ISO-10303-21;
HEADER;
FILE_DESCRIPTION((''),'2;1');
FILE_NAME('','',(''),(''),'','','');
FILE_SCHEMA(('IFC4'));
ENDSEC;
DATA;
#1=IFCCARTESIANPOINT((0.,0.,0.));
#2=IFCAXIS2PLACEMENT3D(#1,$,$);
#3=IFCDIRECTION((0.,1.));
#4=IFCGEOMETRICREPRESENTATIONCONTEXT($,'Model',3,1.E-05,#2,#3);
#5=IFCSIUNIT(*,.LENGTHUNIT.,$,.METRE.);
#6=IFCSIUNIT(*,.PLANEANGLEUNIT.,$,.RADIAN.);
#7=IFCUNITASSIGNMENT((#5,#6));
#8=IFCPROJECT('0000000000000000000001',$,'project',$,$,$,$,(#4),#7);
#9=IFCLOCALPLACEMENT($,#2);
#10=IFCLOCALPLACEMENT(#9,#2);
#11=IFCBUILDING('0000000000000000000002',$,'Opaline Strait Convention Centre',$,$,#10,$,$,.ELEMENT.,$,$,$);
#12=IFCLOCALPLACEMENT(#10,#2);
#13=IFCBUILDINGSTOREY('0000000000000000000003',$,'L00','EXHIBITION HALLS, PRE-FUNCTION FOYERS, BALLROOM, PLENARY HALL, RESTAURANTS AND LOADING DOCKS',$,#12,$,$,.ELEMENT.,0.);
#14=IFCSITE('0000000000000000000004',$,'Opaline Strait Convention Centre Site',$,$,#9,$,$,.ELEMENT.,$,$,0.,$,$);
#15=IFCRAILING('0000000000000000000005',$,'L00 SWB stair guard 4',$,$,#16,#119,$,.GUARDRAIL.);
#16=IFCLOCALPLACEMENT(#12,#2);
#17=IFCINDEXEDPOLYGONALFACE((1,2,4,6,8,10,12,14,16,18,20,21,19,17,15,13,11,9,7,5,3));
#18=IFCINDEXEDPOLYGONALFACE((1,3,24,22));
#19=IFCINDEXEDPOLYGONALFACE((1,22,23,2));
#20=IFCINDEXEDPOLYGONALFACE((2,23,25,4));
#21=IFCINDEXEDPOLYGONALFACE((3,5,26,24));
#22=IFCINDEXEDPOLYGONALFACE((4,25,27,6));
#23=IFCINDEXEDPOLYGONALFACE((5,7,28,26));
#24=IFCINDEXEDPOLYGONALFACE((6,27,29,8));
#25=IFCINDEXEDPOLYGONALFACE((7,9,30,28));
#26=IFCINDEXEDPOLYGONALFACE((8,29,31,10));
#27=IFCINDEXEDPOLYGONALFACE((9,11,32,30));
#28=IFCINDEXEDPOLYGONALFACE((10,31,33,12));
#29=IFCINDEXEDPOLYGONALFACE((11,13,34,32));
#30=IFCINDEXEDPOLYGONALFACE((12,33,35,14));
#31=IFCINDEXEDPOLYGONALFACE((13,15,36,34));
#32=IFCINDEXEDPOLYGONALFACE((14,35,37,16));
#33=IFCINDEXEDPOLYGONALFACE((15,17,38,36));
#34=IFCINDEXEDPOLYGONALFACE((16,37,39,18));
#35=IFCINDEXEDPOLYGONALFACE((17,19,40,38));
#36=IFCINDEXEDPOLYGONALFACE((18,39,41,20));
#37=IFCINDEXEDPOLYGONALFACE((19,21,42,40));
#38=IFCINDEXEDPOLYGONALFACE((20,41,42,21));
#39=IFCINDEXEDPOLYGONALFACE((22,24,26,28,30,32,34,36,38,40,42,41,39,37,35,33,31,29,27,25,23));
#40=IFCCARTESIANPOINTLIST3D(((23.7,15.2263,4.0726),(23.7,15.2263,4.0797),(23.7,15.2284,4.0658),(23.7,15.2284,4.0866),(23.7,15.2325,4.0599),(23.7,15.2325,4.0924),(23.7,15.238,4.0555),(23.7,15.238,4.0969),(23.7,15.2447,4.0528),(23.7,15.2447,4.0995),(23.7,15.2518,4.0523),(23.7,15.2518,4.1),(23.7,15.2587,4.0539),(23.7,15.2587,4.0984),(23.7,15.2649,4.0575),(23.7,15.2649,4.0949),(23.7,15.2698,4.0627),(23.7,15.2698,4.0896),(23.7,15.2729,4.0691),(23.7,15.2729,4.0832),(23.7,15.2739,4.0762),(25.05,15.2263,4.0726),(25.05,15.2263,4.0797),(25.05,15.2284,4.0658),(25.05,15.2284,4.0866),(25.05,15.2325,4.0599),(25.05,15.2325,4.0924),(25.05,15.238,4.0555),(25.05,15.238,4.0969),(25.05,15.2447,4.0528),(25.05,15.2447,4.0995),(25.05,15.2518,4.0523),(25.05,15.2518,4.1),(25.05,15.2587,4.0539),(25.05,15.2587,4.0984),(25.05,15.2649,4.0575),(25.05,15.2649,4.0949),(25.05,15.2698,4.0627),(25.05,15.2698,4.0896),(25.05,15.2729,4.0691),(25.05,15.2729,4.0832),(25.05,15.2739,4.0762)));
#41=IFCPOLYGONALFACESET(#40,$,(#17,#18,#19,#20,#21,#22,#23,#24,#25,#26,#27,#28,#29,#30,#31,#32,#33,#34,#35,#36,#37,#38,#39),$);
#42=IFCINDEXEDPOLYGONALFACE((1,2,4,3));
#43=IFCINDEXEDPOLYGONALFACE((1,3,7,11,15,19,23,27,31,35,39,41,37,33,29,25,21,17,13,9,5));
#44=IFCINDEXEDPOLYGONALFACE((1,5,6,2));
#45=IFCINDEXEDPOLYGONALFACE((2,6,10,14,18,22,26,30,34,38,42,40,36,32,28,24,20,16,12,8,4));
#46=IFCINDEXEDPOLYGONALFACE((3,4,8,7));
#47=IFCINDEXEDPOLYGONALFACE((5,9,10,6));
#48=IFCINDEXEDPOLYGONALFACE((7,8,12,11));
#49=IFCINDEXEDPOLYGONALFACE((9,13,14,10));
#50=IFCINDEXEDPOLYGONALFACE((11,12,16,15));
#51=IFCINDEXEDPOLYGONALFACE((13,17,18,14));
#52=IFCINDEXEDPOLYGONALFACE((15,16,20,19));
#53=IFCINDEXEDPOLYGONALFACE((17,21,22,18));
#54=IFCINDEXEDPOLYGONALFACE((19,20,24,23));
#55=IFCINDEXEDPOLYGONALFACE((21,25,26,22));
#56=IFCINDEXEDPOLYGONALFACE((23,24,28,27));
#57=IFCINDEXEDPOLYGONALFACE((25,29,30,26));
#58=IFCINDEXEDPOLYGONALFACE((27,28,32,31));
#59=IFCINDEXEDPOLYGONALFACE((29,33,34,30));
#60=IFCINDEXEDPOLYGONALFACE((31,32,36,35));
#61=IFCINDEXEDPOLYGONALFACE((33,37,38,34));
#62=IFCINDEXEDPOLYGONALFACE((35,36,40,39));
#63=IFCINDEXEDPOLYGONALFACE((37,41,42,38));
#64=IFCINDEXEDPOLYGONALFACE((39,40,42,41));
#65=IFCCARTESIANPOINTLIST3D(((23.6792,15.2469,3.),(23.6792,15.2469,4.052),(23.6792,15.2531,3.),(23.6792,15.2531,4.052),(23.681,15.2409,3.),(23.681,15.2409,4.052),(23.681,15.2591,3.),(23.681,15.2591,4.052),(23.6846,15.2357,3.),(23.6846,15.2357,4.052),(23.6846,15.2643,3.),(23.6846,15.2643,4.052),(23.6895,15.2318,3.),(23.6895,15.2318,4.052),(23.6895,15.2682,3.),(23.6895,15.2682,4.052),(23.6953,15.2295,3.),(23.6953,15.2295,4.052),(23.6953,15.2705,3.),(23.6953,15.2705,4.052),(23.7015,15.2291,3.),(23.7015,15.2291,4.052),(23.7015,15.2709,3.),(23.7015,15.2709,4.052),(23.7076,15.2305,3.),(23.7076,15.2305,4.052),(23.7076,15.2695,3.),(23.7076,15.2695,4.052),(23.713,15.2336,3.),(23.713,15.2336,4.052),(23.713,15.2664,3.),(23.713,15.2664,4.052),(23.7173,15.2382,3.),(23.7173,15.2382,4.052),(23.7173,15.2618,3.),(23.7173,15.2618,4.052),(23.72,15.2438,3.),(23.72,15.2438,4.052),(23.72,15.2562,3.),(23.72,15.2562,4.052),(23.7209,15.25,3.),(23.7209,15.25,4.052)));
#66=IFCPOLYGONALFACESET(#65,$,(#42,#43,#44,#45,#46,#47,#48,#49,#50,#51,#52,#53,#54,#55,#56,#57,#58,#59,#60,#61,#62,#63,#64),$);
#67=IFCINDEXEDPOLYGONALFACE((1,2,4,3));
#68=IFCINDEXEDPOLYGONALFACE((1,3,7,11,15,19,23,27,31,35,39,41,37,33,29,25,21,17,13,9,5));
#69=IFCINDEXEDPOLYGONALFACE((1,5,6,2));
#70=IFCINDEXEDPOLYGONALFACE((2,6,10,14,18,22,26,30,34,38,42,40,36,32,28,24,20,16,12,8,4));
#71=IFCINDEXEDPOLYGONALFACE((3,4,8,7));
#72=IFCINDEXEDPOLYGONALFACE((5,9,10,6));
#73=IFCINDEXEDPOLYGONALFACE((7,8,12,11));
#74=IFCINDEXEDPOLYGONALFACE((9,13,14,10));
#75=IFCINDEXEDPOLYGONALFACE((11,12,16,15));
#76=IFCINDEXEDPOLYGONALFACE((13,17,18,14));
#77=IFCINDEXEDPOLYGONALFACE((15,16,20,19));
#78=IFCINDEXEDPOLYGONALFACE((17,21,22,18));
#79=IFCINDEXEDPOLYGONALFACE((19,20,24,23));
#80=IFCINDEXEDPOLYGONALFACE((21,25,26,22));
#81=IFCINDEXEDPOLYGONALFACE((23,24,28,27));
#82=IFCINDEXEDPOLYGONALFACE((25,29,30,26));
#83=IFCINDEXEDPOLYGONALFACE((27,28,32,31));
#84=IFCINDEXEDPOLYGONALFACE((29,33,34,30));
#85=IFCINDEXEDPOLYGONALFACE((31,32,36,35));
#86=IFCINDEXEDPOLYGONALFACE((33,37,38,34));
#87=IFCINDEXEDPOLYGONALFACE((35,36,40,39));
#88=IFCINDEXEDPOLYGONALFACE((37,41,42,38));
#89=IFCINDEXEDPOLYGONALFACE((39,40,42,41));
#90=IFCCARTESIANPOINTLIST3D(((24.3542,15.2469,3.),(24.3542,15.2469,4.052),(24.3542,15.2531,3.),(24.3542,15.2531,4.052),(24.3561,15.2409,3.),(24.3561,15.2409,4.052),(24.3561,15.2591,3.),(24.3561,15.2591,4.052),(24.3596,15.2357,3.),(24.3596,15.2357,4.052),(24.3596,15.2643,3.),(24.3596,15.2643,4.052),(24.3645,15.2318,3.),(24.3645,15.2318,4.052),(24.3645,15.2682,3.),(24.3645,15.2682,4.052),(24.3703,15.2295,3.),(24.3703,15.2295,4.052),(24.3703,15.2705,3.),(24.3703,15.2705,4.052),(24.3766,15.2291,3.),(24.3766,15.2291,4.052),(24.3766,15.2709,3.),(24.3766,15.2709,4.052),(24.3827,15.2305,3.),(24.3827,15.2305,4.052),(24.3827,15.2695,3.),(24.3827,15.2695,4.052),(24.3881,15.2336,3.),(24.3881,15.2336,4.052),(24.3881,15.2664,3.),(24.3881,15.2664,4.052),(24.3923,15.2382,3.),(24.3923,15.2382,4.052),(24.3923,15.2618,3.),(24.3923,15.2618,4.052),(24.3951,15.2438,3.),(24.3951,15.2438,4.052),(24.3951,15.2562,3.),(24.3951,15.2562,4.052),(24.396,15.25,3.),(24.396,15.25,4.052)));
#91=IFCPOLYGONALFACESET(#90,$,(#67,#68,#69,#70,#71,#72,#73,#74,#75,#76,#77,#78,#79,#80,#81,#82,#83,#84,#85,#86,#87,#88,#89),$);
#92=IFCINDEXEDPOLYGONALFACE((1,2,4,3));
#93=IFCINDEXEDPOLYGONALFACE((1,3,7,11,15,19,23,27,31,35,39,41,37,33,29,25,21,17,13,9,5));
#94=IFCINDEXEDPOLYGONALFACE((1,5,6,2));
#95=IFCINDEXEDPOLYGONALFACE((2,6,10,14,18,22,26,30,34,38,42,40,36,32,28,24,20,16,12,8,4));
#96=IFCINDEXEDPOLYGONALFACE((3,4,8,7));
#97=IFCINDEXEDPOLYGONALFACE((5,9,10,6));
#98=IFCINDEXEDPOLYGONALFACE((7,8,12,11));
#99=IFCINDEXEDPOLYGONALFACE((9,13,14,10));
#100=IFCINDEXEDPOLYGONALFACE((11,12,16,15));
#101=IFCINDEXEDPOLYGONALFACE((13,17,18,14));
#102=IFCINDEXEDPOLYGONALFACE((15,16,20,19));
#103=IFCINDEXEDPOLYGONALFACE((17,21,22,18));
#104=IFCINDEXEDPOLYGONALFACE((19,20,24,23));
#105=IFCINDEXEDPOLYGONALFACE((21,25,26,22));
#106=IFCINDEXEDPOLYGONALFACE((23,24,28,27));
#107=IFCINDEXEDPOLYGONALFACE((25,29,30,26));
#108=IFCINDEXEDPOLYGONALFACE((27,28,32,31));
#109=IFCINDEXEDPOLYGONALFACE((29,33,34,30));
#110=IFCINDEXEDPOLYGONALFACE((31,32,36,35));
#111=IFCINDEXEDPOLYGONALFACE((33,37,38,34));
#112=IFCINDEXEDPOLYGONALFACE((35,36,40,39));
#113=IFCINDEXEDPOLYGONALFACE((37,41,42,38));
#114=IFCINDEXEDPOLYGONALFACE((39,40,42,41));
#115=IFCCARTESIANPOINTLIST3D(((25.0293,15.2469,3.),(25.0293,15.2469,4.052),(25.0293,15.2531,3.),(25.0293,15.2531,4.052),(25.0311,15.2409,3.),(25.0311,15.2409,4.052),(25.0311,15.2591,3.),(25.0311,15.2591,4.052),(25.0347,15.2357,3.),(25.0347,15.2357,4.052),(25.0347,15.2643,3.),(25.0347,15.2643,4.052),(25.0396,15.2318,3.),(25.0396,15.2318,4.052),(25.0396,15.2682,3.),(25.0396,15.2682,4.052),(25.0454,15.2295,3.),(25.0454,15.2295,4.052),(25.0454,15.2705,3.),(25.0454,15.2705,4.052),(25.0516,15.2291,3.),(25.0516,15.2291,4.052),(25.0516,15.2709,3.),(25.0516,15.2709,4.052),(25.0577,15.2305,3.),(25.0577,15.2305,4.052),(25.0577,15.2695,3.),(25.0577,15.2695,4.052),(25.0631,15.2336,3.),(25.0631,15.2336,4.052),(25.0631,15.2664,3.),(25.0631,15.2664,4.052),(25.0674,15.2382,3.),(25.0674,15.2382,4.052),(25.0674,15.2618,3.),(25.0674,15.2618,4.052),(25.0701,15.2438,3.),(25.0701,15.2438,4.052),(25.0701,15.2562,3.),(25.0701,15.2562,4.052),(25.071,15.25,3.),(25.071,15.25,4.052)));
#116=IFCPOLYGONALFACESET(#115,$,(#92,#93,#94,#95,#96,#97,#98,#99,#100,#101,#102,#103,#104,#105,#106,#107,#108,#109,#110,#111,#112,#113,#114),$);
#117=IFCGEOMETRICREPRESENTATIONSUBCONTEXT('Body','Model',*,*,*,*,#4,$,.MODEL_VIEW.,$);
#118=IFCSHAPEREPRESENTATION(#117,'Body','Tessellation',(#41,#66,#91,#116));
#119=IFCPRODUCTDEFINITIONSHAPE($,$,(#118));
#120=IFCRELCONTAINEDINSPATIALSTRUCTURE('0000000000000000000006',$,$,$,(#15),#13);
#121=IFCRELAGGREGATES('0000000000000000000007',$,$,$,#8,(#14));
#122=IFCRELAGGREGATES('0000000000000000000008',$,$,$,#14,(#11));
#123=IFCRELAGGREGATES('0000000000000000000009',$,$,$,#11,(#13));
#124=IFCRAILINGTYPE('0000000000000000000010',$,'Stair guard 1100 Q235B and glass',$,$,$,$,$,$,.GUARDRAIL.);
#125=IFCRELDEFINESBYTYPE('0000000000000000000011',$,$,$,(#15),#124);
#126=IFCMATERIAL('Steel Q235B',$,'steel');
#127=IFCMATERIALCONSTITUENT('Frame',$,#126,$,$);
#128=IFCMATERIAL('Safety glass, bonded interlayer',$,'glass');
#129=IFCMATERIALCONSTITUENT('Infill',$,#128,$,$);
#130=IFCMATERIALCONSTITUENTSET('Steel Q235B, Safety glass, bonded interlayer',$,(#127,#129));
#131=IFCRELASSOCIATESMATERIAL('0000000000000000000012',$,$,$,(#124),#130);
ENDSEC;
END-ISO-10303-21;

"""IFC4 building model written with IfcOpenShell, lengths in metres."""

from ifc_helpers import new_model, si_unit, direction, frame, origin, origin_2d, place, context, subcontext, project, spatial, circle, extrude, material, constituent, constituent_set, type_object, element, save


model = new_model("IFC4")

# Units and contexts
model_context = context("Model", 3, precision=1e-05, world=origin(), true_north=direction((0.0, 1.0)))
body_context = subcontext(model_context, "Body", "Model", "MODEL_VIEW")
ifc_project = project(units=[si_unit("LENGTHUNIT", "METRE"), si_unit("PLANEANGLEUNIT", "RADIAN")], contexts=[model_context])

# Site, building, storey
site_placement = place(None, origin())
site = spatial("IfcSite", under=ifc_project, at=site_placement, Name="Opaline Strait Convention Centre Site", CompositionType="ELEMENT", RefElevation=0.0)
building_placement = place(site_placement, origin())
building = spatial("IfcBuilding", under=site, at=building_placement, Name="Opaline Strait Convention Centre", CompositionType="ELEMENT")
storey_placement = place(building_placement, origin())
storey = spatial("IfcBuildingStorey", under=building, at=storey_placement, Name="L00", Description="EXHIBITION HALLS, PRE-FUNCTION FOYERS, BALLROOM, PLENARY HALL, RESTAURANTS AND LOADING DOCKS", CompositionType="ELEMENT", Elevation=0.0)

# Railing
ifc_material_1 = material(Name="Steel Q235B", Category="steel")
ifc_constituent_1 = constituent(ifc_material_1, Name="Frame")
ifc_material_2 = material(Name="Safety glass, bonded interlayer", Category="glass")
ifc_constituent_2 = constituent(ifc_material_2, Name="Infill")
ifc_constituent_set = constituent_set(constituents=[ifc_constituent_1, ifc_constituent_2], Name="Steel Q235B, Safety glass, bonded interlayer")
railing_type_1 = type_object("IfcRailingType", Name="Stair guard 1100 Q235B and glass", PredefinedType="GUARDRAIL", material=ifc_constituent_set)
for number, where, name in (
    (1, (23.7, 15.25, 3.0), "L00 SWB stair guard 4"),
):
    element("IfcRailing", number, at=place(storey_placement, frame(where)), inside=storey, type_object=railing_type_1, Name=name, PredefinedType="GUARDRAIL", context=body_context, shape_type="SweptSolid", body=[
        extrude(circle(Radius=0.0239, at=origin_2d()), frame((0.0, 0.0, 1.0762), z_axis=(1.0, 0.0, 0.0), x_axis=(0.0, 1.0, 0.0)), (0.0, 0.0, 1.0), 1.3501),
        extrude(circle(Radius=0.021, at=origin_2d()), origin(), (0.0, 0.0, 1.0), 1.052),
        extrude(circle(Radius=0.021, at=origin_2d()), frame((0.675, 0.0, 0.0)), (0.0, 0.0, 1.0), 1.052),
        extrude(circle(Radius=0.021, at=origin_2d()), frame((1.3501, 0.0, 0.0)), (0.0, 0.0, 1.0), 1.052),
    ])

save(model, "model.ifc")
